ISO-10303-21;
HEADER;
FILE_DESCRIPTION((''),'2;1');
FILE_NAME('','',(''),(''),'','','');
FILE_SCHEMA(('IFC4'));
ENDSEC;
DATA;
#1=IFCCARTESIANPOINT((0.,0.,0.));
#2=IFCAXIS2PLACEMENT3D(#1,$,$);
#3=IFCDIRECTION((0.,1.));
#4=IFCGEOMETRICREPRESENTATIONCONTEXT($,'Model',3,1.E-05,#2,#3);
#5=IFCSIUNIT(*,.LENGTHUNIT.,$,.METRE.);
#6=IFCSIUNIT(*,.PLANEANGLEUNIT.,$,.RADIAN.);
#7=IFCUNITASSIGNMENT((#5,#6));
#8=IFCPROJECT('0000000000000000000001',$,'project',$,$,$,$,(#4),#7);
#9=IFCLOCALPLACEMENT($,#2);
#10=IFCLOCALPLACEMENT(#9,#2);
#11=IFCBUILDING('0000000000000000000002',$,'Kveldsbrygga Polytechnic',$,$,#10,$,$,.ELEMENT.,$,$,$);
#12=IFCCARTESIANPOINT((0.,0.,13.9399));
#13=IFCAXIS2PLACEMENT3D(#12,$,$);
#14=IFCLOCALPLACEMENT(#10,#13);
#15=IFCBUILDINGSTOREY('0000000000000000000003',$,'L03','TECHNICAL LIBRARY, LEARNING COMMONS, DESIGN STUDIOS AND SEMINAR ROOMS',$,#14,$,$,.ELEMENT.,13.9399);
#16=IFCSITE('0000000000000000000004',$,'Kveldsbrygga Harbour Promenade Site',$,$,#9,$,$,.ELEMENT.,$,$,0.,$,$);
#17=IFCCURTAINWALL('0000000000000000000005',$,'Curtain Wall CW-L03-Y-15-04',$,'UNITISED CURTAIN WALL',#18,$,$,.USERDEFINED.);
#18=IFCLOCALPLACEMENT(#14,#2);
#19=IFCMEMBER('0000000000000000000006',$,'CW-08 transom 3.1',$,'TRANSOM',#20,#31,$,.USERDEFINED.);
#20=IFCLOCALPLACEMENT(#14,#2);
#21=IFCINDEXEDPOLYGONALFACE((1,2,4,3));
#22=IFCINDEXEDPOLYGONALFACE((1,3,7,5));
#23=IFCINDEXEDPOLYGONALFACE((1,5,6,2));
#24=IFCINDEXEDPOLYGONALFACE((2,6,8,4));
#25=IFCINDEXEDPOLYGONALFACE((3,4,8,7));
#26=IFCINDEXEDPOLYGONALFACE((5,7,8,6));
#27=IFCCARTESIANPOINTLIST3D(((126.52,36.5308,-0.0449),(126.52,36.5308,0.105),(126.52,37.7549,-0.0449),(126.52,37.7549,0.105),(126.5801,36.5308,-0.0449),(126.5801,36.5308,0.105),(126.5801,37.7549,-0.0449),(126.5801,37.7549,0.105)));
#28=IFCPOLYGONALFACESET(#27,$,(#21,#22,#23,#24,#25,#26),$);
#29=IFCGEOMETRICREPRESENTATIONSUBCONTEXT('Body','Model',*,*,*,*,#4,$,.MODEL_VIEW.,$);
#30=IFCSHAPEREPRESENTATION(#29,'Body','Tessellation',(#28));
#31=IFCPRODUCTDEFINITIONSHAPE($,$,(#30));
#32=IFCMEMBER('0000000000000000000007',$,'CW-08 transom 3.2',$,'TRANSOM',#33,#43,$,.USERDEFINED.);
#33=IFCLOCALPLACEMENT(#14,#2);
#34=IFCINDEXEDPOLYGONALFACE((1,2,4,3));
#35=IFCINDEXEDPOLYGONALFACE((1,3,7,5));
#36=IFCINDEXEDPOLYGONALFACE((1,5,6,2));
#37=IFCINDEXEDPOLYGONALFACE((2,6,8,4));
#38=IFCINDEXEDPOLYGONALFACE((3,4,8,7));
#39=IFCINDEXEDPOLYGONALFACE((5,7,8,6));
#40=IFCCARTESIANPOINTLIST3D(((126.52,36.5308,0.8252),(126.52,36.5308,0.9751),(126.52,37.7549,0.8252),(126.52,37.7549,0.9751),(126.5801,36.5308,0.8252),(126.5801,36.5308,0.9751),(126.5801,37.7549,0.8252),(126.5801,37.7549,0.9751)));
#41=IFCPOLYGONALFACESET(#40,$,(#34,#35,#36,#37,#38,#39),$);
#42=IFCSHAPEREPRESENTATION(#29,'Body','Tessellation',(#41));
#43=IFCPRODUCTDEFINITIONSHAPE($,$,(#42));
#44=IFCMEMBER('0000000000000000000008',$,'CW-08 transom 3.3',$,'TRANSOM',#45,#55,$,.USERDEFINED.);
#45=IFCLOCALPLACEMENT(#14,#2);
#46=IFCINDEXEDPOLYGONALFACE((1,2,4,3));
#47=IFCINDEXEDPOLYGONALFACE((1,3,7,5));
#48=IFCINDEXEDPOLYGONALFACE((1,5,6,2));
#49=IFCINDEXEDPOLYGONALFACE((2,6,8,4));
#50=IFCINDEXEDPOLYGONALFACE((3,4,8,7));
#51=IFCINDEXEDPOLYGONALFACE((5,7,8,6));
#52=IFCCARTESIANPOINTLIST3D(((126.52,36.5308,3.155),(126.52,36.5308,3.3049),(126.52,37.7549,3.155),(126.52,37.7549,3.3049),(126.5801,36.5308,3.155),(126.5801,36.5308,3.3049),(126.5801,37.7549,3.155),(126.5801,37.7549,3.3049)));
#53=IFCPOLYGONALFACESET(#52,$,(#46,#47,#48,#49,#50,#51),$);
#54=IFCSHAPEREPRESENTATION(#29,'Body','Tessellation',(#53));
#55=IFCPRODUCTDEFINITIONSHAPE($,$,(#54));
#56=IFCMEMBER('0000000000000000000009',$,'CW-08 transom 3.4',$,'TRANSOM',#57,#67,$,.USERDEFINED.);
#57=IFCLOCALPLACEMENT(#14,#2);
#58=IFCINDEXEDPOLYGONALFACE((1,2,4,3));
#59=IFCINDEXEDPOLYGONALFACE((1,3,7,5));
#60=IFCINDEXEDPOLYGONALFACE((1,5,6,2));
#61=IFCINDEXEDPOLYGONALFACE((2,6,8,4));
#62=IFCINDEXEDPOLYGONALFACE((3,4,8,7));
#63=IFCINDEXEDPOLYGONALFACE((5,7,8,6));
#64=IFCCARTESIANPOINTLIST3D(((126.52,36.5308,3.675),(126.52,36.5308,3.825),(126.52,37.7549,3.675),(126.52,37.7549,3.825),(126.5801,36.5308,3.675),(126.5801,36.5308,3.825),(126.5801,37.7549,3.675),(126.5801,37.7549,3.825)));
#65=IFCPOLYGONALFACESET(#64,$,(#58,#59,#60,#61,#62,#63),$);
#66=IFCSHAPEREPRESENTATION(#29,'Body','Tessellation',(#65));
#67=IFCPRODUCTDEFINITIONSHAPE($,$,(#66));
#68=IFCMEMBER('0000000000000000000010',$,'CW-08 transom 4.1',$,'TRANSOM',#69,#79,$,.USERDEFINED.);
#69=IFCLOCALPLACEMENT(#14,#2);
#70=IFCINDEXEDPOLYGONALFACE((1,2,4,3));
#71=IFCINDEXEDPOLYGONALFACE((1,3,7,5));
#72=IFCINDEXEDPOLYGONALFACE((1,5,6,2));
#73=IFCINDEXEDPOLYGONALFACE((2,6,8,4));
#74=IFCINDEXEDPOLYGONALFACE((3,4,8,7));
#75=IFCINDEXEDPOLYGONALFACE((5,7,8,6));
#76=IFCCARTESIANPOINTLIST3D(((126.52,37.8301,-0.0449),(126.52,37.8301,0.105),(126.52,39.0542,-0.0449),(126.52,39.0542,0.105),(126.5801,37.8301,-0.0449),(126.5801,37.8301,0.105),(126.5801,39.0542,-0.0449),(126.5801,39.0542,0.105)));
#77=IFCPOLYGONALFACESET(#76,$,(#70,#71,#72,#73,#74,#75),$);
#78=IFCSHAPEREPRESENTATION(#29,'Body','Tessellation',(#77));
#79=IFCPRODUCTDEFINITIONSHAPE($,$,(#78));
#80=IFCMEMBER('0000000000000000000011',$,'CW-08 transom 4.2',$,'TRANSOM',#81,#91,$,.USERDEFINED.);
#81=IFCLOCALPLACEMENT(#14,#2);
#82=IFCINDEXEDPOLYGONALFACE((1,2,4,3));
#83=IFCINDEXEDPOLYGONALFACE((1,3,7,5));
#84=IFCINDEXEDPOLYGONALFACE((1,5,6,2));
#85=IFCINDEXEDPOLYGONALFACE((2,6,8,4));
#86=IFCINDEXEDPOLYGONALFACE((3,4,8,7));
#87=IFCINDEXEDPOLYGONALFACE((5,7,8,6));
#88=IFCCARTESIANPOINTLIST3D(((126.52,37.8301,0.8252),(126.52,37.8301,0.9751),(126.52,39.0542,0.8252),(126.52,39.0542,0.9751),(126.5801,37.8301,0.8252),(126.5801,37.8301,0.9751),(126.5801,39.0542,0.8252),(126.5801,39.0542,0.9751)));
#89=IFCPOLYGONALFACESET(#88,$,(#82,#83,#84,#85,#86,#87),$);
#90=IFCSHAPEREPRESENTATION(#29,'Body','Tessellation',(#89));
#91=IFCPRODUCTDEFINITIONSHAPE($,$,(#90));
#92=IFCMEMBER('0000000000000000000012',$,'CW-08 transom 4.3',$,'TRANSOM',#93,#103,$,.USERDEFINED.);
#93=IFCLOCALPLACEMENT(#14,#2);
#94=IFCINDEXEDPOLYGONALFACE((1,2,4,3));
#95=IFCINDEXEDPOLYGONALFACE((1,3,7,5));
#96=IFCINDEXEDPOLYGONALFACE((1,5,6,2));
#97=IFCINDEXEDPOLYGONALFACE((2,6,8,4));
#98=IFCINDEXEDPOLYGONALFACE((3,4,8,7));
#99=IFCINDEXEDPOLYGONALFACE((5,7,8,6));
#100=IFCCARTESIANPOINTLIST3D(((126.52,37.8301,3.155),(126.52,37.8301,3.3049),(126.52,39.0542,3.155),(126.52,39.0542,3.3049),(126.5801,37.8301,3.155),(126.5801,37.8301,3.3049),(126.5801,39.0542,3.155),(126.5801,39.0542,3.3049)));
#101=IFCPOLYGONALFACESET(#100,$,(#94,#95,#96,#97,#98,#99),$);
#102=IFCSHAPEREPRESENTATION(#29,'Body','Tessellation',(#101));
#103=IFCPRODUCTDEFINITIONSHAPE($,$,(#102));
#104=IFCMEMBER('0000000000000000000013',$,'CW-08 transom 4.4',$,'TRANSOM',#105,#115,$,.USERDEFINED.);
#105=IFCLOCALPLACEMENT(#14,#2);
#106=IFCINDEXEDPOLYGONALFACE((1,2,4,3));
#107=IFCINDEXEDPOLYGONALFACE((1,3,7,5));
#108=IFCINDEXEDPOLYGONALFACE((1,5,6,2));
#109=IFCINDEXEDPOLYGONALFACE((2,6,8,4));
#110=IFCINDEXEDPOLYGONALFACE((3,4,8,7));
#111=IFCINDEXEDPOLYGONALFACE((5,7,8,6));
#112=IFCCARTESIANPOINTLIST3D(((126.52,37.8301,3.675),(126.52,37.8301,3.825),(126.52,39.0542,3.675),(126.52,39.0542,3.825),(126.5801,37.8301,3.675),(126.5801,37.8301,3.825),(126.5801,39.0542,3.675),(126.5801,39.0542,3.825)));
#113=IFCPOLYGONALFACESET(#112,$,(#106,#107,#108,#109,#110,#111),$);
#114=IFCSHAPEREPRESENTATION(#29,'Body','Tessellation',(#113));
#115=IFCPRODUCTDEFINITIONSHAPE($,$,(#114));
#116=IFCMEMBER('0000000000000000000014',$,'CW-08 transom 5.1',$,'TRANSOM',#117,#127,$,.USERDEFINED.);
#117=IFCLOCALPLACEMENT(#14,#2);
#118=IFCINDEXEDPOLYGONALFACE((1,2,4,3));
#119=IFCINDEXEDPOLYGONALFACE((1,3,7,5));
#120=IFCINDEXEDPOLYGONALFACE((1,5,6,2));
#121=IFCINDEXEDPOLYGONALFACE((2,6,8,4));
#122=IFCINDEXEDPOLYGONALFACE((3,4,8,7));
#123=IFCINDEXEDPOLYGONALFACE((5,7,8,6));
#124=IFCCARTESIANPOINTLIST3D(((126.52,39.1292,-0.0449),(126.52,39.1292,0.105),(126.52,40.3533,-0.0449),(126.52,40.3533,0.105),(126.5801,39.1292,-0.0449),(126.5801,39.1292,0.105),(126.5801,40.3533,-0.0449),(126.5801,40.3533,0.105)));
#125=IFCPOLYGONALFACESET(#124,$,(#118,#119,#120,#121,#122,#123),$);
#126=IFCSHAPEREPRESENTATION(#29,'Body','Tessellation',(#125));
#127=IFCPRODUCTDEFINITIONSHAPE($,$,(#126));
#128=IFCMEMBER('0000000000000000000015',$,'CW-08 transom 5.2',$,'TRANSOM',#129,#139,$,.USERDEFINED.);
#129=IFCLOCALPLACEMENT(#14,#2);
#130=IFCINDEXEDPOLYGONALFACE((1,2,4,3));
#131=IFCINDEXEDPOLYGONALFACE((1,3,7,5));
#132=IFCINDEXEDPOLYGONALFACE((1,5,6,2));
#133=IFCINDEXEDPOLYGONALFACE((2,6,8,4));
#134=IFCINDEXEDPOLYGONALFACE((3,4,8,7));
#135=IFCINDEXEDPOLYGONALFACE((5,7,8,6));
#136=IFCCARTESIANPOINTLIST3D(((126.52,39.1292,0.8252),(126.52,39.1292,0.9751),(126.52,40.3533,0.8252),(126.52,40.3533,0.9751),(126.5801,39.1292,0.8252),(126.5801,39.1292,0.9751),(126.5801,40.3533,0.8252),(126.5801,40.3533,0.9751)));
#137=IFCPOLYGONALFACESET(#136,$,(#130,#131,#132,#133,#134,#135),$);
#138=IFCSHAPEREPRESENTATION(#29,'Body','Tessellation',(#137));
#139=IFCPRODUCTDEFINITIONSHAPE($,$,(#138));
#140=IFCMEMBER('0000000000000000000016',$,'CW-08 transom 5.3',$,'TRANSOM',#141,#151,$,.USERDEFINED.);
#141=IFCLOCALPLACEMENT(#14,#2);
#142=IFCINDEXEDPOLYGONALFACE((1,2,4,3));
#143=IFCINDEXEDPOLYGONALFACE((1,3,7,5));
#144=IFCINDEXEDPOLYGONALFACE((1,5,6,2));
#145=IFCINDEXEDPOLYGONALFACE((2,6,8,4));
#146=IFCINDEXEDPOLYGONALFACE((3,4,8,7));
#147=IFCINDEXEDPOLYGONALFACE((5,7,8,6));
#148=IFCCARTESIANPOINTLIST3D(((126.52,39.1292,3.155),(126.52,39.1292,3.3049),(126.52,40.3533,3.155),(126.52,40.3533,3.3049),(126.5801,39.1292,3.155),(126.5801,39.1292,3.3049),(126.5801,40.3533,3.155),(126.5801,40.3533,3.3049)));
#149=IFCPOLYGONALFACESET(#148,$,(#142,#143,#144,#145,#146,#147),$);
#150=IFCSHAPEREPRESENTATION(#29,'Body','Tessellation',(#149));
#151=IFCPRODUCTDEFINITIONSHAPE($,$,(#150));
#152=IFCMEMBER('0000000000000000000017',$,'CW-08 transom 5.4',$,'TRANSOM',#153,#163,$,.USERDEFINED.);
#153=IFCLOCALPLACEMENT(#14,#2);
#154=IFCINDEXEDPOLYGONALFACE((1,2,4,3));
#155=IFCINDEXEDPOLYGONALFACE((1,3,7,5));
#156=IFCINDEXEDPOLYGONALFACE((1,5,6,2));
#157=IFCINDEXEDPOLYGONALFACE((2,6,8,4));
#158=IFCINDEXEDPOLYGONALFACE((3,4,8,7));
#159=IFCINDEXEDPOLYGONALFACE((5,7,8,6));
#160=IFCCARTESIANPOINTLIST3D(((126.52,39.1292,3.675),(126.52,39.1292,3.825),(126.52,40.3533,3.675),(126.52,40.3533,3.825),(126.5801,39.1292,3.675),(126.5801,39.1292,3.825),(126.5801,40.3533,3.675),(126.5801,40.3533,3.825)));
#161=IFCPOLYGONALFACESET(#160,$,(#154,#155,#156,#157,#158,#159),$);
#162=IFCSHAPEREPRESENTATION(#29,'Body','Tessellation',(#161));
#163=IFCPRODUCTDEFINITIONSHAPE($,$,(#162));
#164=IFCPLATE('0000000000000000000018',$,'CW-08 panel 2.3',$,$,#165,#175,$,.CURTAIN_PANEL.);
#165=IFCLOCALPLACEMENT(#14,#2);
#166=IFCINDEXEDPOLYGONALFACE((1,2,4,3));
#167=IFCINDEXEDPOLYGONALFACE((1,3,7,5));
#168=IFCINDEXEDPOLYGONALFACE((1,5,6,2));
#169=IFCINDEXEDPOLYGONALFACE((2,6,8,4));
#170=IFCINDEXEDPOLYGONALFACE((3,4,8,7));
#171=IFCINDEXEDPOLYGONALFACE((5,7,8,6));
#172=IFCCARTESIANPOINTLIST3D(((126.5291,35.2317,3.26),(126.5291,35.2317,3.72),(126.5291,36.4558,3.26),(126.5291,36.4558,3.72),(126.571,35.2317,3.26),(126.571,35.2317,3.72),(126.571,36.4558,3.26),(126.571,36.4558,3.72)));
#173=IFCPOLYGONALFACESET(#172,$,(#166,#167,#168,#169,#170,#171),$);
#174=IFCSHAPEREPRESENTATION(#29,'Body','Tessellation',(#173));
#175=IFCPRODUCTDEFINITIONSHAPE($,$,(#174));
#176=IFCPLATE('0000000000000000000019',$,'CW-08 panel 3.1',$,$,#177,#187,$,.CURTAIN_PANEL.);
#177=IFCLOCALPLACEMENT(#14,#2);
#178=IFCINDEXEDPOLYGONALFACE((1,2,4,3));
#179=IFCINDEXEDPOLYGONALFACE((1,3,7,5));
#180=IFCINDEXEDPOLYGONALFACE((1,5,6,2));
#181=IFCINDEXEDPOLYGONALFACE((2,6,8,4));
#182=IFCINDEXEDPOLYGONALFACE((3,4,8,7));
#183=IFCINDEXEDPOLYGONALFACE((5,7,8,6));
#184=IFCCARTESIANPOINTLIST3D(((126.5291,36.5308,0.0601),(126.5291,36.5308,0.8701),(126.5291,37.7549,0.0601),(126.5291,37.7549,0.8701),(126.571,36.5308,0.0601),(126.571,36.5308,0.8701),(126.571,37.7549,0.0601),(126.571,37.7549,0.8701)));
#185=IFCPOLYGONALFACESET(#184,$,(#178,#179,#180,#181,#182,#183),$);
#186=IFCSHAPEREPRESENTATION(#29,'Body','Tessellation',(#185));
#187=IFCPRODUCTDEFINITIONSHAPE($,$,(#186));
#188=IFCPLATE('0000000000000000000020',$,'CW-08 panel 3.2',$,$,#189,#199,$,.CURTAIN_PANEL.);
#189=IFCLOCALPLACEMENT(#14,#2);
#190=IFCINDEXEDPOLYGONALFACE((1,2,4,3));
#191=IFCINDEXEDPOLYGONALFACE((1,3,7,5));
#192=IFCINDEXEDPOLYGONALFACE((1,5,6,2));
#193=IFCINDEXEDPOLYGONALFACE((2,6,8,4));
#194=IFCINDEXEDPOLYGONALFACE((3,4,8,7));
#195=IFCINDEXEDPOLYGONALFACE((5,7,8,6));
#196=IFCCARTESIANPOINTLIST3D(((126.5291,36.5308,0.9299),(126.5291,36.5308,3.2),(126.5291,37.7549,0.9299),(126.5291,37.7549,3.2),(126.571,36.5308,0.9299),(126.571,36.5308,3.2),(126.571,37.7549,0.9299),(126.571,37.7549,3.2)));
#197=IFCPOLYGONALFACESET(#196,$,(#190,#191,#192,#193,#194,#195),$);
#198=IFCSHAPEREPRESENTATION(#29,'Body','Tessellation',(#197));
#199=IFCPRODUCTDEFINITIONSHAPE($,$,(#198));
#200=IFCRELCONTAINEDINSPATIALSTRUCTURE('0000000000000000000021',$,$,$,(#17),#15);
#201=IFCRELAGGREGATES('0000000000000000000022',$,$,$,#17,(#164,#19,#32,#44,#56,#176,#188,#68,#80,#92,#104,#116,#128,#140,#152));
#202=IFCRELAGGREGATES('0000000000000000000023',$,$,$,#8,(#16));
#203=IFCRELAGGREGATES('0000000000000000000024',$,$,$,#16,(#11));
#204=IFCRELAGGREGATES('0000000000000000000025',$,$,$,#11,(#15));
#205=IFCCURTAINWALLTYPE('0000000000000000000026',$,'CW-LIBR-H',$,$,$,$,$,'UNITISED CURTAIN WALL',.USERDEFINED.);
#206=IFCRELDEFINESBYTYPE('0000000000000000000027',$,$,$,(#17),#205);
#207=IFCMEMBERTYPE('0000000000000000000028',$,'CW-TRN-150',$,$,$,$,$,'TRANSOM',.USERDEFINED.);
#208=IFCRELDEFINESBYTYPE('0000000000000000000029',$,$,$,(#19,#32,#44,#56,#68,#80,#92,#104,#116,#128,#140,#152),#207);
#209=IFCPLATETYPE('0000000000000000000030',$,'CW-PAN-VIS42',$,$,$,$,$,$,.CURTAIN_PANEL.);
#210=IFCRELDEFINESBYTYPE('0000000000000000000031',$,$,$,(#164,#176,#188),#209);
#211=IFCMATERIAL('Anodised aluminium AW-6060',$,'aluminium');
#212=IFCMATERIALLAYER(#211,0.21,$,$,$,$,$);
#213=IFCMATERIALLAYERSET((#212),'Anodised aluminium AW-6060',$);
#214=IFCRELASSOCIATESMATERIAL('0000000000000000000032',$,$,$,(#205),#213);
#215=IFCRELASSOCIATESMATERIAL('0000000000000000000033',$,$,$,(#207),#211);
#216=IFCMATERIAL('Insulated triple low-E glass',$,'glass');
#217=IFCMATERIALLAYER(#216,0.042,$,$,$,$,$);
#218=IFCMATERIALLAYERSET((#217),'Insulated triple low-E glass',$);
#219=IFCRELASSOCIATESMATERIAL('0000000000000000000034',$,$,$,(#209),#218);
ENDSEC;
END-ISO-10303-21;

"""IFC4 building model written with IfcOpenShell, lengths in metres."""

from ifc_helpers import new_model, si_unit, direction, frame, origin, origin_2d, place, context, subcontext, project, spatial, rectangle, extrude, material, layer, layer_set, material_profile, profile_set, type_object, element, aggregate, save


model = new_model("IFC4")

# Units and contexts
model_context = context("Model", 3, precision=1e-05, world=origin(), true_north=direction((0.0, 1.0)))
body_context = subcontext(model_context, "Body", "Model", "MODEL_VIEW")
ifc_project = project(units=[si_unit("LENGTHUNIT", "METRE"), si_unit("PLANEANGLEUNIT", "RADIAN")], contexts=[model_context])

# Site, building, storey
site_placement = place(None, origin())
site = spatial("IfcSite", under=ifc_project, at=site_placement, Name="Kveldsbrygga Harbour Promenade Site", CompositionType="ELEMENT", RefElevation=0.0)
building_placement = place(site_placement, origin())
building = spatial("IfcBuilding", under=site, at=building_placement, Name="Kveldsbrygga Polytechnic", CompositionType="ELEMENT")
storey_placement = place(building_placement, frame((0.0, 0.0, 13.9399)))
storey = spatial("IfcBuildingStorey", under=building, at=storey_placement, Name="L03", Description="TECHNICAL LIBRARY, LEARNING COMMONS, DESIGN STUDIOS AND SEMINAR ROOMS", CompositionType="ELEMENT", Elevation=13.9399)

# Curtain wall, members, plates
ifc_material_1 = material(Name="Anodised aluminium AW-6060", Category="aluminium")
ifc_layer_1 = layer(ifc_material_1, 0.21)
ifc_layer_set_1 = layer_set([ifc_layer_1], Name="Anodised aluminium AW-6060")
curtain_wall_type = type_object("IfcCurtainWallType", Name="CW-LIBR-H", ElementType="UNITISED CURTAIN WALL", PredefinedType="USERDEFINED", material=ifc_layer_set_1)
curtain_wall_placement = place(storey_placement, origin())
curtain_wall = element("IfcCurtainWall", 1, at=curtain_wall_placement, inside=storey, type_object=curtain_wall_type, Name="Curtain Wall CW-L03-Y-15-04", ObjectType="UNITISED CURTAIN WALL", PredefinedType="USERDEFINED")
ifc_material_profile = material_profile(ifc_material_1, rectangle(XDim=0.0601, YDim=0.1499, at=origin_2d()), Name="ALU 60x150")
ifc_profile_set = profile_set([ifc_material_profile], Name="Anodised aluminium AW-6060")
member_type = type_object("IfcMemberType", Name="CW-TRN-150", ElementType="TRANSOM", PredefinedType="USERDEFINED", material=ifc_profile_set)
member_1_placement = place(storey_placement, frame((126.55, 36.5308, 0.03), z_axis=(0.0, 1.0, 0.0), x_axis=(-1.0, 0.0, 0.0)))
member_1 = element("IfcMember", 2, at=member_1_placement, type_object=member_type, Name="CW-08 transom 3.1", ObjectType="TRANSOM", PredefinedType="USERDEFINED", context=body_context, shape_type="SweptSolid", body=[
    extrude(rectangle(XDim=0.0601, YDim=0.1499, at=origin_2d()), origin(), (0.0, 0.0, 1.0), 1.2241),
])
member_2_placement = place(storey_placement, frame((126.55, 36.5308, 0.9001), z_axis=(0.0, 1.0, 0.0), x_axis=(-1.0, 0.0, 0.0)))
member_2 = element("IfcMember", 3, at=member_2_placement, type_object=member_type, Name="CW-08 transom 3.2", ObjectType="TRANSOM", PredefinedType="USERDEFINED", context=body_context, shape_type="SweptSolid", body=[
    extrude(rectangle(XDim=0.0601, YDim=0.1499, at=origin_2d()), origin(), (0.0, 0.0, 1.0), 1.2241),
])
member_3_placement = place(storey_placement, frame((126.55, 36.5308, 3.23), z_axis=(0.0, 1.0, 0.0), x_axis=(-1.0, 0.0, 0.0)))
member_3 = element("IfcMember", 4, at=member_3_placement, type_object=member_type, Name="CW-08 transom 3.3", ObjectType="TRANSOM", PredefinedType="USERDEFINED", context=body_context, shape_type="SweptSolid", body=[
    extrude(rectangle(XDim=0.0601, YDim=0.1499, at=origin_2d()), origin(), (0.0, 0.0, 1.0), 1.2241),
])
member_4_placement = place(storey_placement, frame((126.55, 36.5308, 3.75), z_axis=(0.0, 1.0, 0.0), x_axis=(-1.0, 0.0, 0.0)))
member_4 = element("IfcMember", 5, at=member_4_placement, type_object=member_type, Name="CW-08 transom 3.4", ObjectType="TRANSOM", PredefinedType="USERDEFINED", context=body_context, shape_type="SweptSolid", body=[
    extrude(rectangle(XDim=0.0601, YDim=0.1499, at=origin_2d()), origin(), (0.0, 0.0, 1.0), 1.2241),
])
member_5_placement = place(storey_placement, frame((126.55, 37.8301, 0.03), z_axis=(0.0, 1.0, 0.0), x_axis=(-1.0, 0.0, 0.0)))
member_5 = element("IfcMember", 6, at=member_5_placement, type_object=member_type, Name="CW-08 transom 4.1", ObjectType="TRANSOM", PredefinedType="USERDEFINED", context=body_context, shape_type="SweptSolid", body=[
    extrude(rectangle(XDim=0.0601, YDim=0.1499, at=origin_2d()), origin(), (0.0, 0.0, 1.0), 1.2241),
])
member_6_placement = place(storey_placement, frame((126.55, 37.8301, 0.9001), z_axis=(0.0, 1.0, 0.0), x_axis=(-1.0, 0.0, 0.0)))
member_6 = element("IfcMember", 7, at=member_6_placement, type_object=member_type, Name="CW-08 transom 4.2", ObjectType="TRANSOM", PredefinedType="USERDEFINED", context=body_context, shape_type="SweptSolid", body=[
    extrude(rectangle(XDim=0.0601, YDim=0.1499, at=origin_2d()), origin(), (0.0, 0.0, 1.0), 1.2241),
])
member_7_placement = place(storey_placement, frame((126.55, 37.8301, 3.23), z_axis=(0.0, 1.0, 0.0), x_axis=(-1.0, 0.0, 0.0)))
member_7 = element("IfcMember", 8, at=member_7_placement, type_object=member_type, Name="CW-08 transom 4.3", ObjectType="TRANSOM", PredefinedType="USERDEFINED", context=body_context, shape_type="SweptSolid", body=[
    extrude(rectangle(XDim=0.0601, YDim=0.1499, at=origin_2d()), origin(), (0.0, 0.0, 1.0), 1.2241),
])
member_8_placement = place(storey_placement, frame((126.55, 37.8301, 3.75), z_axis=(0.0, 1.0, 0.0), x_axis=(-1.0, 0.0, 0.0)))
member_8 = element("IfcMember", 9, at=member_8_placement, type_object=member_type, Name="CW-08 transom 4.4", ObjectType="TRANSOM", PredefinedType="USERDEFINED", context=body_context, shape_type="SweptSolid", body=[
    extrude(rectangle(XDim=0.0601, YDim=0.1499, at=origin_2d()), origin(), (0.0, 0.0, 1.0), 1.2241),
])
member_9_placement = place(storey_placement, frame((126.55, 39.1292, 0.03), z_axis=(0.0, 1.0, 0.0), x_axis=(-1.0, 0.0, 0.0)))
member_9 = element("IfcMember", 10, at=member_9_placement, type_object=member_type, Name="CW-08 transom 5.1", ObjectType="TRANSOM", PredefinedType="USERDEFINED", context=body_context, shape_type="SweptSolid", body=[
    extrude(rectangle(XDim=0.0601, YDim=0.1499, at=origin_2d()), origin(), (0.0, 0.0, 1.0), 1.2241),
])
member_10_placement = place(storey_placement, frame((126.55, 39.1292, 0.9001), z_axis=(0.0, 1.0, 0.0), x_axis=(-1.0, 0.0, 0.0)))
member_10 = element("IfcMember", 11, at=member_10_placement, type_object=member_type, Name="CW-08 transom 5.2", ObjectType="TRANSOM", PredefinedType="USERDEFINED", context=body_context, shape_type="SweptSolid", body=[
    extrude(rectangle(XDim=0.0601, YDim=0.1499, at=origin_2d()), origin(), (0.0, 0.0, 1.0), 1.2241),
])
member_11_placement = place(storey_placement, frame((126.55, 39.1292, 3.23), z_axis=(0.0, 1.0, 0.0), x_axis=(-1.0, 0.0, 0.0)))
member_11 = element("IfcMember", 12, at=member_11_placement, type_object=member_type, Name="CW-08 transom 5.3", ObjectType="TRANSOM", PredefinedType="USERDEFINED", context=body_context, shape_type="SweptSolid", body=[
    extrude(rectangle(XDim=0.0601, YDim=0.1499, at=origin_2d()), origin(), (0.0, 0.0, 1.0), 1.2241),
])
member_12_placement = place(storey_placement, frame((126.55, 39.1292, 3.75), z_axis=(0.0, 1.0, 0.0), x_axis=(-1.0, 0.0, 0.0)))
member_12 = element("IfcMember", 13, at=member_12_placement, type_object=member_type, Name="CW-08 transom 5.4", ObjectType="TRANSOM", PredefinedType="USERDEFINED", context=body_context, shape_type="SweptSolid", body=[
    extrude(rectangle(XDim=0.0601, YDim=0.1499, at=origin_2d()), origin(), (0.0, 0.0, 1.0), 1.2241),
])
ifc_material_2 = material(Name="Insulated triple low-E glass", Category="glass")
ifc_layer_2 = layer(ifc_material_2, 0.042)
ifc_layer_set_2 = layer_set([ifc_layer_2], Name="Insulated triple low-E glass")
plate_type = type_object("IfcPlateType", Name="CW-PAN-VIS42", PredefinedType="CURTAIN_PANEL", material=ifc_layer_set_2)
plate_1_placement = place(storey_placement, frame((126.55, 35.8438, 3.26), z_axis=(0.0, 0.0, 1.0), x_axis=(0.0, 1.0, 0.0)))
plate_1 = element("IfcPlate", 14, at=plate_1_placement, type_object=plate_type, Name="CW-08 panel 2.3", PredefinedType="CURTAIN_PANEL", context=body_context, shape_type="SweptSolid", body=[
    extrude(rectangle(XDim=1.2241, YDim=0.042, at=origin_2d()), origin(), (0.0, 0.0, 1.0), 0.46),
])
plate_2_placement = place(storey_placement, frame((126.55, 37.1428, 0.0601), z_axis=(0.0, 0.0, 1.0), x_axis=(0.0, 1.0, 0.0)))
plate_2 = element("IfcPlate", 15, at=plate_2_placement, type_object=plate_type, Name="CW-08 panel 3.1", PredefinedType="CURTAIN_PANEL", context=body_context, shape_type="SweptSolid", body=[
    extrude(rectangle(XDim=1.2241, YDim=0.042, at=origin_2d()), origin(), (0.0, 0.0, 1.0), 0.8101),
])
plate_3_placement = place(storey_placement, frame((126.55, 37.1428, 0.9299), z_axis=(0.0, 0.0, 1.0), x_axis=(0.0, 1.0, 0.0)))
plate_3 = element("IfcPlate", 16, at=plate_3_placement, type_object=plate_type, Name="CW-08 panel 3.2", PredefinedType="CURTAIN_PANEL", context=body_context, shape_type="SweptSolid", body=[
    extrude(rectangle(XDim=1.2241, YDim=0.042, at=origin_2d()), origin(), (0.0, 0.0, 1.0), 2.27),
])
aggregate(curtain_wall, [plate_1, member_1, member_2, member_3, member_4, plate_2, plate_3, member_5, member_6, member_7, member_8, member_9, member_10, member_11, member_12])

save(model, "model.ifc")
